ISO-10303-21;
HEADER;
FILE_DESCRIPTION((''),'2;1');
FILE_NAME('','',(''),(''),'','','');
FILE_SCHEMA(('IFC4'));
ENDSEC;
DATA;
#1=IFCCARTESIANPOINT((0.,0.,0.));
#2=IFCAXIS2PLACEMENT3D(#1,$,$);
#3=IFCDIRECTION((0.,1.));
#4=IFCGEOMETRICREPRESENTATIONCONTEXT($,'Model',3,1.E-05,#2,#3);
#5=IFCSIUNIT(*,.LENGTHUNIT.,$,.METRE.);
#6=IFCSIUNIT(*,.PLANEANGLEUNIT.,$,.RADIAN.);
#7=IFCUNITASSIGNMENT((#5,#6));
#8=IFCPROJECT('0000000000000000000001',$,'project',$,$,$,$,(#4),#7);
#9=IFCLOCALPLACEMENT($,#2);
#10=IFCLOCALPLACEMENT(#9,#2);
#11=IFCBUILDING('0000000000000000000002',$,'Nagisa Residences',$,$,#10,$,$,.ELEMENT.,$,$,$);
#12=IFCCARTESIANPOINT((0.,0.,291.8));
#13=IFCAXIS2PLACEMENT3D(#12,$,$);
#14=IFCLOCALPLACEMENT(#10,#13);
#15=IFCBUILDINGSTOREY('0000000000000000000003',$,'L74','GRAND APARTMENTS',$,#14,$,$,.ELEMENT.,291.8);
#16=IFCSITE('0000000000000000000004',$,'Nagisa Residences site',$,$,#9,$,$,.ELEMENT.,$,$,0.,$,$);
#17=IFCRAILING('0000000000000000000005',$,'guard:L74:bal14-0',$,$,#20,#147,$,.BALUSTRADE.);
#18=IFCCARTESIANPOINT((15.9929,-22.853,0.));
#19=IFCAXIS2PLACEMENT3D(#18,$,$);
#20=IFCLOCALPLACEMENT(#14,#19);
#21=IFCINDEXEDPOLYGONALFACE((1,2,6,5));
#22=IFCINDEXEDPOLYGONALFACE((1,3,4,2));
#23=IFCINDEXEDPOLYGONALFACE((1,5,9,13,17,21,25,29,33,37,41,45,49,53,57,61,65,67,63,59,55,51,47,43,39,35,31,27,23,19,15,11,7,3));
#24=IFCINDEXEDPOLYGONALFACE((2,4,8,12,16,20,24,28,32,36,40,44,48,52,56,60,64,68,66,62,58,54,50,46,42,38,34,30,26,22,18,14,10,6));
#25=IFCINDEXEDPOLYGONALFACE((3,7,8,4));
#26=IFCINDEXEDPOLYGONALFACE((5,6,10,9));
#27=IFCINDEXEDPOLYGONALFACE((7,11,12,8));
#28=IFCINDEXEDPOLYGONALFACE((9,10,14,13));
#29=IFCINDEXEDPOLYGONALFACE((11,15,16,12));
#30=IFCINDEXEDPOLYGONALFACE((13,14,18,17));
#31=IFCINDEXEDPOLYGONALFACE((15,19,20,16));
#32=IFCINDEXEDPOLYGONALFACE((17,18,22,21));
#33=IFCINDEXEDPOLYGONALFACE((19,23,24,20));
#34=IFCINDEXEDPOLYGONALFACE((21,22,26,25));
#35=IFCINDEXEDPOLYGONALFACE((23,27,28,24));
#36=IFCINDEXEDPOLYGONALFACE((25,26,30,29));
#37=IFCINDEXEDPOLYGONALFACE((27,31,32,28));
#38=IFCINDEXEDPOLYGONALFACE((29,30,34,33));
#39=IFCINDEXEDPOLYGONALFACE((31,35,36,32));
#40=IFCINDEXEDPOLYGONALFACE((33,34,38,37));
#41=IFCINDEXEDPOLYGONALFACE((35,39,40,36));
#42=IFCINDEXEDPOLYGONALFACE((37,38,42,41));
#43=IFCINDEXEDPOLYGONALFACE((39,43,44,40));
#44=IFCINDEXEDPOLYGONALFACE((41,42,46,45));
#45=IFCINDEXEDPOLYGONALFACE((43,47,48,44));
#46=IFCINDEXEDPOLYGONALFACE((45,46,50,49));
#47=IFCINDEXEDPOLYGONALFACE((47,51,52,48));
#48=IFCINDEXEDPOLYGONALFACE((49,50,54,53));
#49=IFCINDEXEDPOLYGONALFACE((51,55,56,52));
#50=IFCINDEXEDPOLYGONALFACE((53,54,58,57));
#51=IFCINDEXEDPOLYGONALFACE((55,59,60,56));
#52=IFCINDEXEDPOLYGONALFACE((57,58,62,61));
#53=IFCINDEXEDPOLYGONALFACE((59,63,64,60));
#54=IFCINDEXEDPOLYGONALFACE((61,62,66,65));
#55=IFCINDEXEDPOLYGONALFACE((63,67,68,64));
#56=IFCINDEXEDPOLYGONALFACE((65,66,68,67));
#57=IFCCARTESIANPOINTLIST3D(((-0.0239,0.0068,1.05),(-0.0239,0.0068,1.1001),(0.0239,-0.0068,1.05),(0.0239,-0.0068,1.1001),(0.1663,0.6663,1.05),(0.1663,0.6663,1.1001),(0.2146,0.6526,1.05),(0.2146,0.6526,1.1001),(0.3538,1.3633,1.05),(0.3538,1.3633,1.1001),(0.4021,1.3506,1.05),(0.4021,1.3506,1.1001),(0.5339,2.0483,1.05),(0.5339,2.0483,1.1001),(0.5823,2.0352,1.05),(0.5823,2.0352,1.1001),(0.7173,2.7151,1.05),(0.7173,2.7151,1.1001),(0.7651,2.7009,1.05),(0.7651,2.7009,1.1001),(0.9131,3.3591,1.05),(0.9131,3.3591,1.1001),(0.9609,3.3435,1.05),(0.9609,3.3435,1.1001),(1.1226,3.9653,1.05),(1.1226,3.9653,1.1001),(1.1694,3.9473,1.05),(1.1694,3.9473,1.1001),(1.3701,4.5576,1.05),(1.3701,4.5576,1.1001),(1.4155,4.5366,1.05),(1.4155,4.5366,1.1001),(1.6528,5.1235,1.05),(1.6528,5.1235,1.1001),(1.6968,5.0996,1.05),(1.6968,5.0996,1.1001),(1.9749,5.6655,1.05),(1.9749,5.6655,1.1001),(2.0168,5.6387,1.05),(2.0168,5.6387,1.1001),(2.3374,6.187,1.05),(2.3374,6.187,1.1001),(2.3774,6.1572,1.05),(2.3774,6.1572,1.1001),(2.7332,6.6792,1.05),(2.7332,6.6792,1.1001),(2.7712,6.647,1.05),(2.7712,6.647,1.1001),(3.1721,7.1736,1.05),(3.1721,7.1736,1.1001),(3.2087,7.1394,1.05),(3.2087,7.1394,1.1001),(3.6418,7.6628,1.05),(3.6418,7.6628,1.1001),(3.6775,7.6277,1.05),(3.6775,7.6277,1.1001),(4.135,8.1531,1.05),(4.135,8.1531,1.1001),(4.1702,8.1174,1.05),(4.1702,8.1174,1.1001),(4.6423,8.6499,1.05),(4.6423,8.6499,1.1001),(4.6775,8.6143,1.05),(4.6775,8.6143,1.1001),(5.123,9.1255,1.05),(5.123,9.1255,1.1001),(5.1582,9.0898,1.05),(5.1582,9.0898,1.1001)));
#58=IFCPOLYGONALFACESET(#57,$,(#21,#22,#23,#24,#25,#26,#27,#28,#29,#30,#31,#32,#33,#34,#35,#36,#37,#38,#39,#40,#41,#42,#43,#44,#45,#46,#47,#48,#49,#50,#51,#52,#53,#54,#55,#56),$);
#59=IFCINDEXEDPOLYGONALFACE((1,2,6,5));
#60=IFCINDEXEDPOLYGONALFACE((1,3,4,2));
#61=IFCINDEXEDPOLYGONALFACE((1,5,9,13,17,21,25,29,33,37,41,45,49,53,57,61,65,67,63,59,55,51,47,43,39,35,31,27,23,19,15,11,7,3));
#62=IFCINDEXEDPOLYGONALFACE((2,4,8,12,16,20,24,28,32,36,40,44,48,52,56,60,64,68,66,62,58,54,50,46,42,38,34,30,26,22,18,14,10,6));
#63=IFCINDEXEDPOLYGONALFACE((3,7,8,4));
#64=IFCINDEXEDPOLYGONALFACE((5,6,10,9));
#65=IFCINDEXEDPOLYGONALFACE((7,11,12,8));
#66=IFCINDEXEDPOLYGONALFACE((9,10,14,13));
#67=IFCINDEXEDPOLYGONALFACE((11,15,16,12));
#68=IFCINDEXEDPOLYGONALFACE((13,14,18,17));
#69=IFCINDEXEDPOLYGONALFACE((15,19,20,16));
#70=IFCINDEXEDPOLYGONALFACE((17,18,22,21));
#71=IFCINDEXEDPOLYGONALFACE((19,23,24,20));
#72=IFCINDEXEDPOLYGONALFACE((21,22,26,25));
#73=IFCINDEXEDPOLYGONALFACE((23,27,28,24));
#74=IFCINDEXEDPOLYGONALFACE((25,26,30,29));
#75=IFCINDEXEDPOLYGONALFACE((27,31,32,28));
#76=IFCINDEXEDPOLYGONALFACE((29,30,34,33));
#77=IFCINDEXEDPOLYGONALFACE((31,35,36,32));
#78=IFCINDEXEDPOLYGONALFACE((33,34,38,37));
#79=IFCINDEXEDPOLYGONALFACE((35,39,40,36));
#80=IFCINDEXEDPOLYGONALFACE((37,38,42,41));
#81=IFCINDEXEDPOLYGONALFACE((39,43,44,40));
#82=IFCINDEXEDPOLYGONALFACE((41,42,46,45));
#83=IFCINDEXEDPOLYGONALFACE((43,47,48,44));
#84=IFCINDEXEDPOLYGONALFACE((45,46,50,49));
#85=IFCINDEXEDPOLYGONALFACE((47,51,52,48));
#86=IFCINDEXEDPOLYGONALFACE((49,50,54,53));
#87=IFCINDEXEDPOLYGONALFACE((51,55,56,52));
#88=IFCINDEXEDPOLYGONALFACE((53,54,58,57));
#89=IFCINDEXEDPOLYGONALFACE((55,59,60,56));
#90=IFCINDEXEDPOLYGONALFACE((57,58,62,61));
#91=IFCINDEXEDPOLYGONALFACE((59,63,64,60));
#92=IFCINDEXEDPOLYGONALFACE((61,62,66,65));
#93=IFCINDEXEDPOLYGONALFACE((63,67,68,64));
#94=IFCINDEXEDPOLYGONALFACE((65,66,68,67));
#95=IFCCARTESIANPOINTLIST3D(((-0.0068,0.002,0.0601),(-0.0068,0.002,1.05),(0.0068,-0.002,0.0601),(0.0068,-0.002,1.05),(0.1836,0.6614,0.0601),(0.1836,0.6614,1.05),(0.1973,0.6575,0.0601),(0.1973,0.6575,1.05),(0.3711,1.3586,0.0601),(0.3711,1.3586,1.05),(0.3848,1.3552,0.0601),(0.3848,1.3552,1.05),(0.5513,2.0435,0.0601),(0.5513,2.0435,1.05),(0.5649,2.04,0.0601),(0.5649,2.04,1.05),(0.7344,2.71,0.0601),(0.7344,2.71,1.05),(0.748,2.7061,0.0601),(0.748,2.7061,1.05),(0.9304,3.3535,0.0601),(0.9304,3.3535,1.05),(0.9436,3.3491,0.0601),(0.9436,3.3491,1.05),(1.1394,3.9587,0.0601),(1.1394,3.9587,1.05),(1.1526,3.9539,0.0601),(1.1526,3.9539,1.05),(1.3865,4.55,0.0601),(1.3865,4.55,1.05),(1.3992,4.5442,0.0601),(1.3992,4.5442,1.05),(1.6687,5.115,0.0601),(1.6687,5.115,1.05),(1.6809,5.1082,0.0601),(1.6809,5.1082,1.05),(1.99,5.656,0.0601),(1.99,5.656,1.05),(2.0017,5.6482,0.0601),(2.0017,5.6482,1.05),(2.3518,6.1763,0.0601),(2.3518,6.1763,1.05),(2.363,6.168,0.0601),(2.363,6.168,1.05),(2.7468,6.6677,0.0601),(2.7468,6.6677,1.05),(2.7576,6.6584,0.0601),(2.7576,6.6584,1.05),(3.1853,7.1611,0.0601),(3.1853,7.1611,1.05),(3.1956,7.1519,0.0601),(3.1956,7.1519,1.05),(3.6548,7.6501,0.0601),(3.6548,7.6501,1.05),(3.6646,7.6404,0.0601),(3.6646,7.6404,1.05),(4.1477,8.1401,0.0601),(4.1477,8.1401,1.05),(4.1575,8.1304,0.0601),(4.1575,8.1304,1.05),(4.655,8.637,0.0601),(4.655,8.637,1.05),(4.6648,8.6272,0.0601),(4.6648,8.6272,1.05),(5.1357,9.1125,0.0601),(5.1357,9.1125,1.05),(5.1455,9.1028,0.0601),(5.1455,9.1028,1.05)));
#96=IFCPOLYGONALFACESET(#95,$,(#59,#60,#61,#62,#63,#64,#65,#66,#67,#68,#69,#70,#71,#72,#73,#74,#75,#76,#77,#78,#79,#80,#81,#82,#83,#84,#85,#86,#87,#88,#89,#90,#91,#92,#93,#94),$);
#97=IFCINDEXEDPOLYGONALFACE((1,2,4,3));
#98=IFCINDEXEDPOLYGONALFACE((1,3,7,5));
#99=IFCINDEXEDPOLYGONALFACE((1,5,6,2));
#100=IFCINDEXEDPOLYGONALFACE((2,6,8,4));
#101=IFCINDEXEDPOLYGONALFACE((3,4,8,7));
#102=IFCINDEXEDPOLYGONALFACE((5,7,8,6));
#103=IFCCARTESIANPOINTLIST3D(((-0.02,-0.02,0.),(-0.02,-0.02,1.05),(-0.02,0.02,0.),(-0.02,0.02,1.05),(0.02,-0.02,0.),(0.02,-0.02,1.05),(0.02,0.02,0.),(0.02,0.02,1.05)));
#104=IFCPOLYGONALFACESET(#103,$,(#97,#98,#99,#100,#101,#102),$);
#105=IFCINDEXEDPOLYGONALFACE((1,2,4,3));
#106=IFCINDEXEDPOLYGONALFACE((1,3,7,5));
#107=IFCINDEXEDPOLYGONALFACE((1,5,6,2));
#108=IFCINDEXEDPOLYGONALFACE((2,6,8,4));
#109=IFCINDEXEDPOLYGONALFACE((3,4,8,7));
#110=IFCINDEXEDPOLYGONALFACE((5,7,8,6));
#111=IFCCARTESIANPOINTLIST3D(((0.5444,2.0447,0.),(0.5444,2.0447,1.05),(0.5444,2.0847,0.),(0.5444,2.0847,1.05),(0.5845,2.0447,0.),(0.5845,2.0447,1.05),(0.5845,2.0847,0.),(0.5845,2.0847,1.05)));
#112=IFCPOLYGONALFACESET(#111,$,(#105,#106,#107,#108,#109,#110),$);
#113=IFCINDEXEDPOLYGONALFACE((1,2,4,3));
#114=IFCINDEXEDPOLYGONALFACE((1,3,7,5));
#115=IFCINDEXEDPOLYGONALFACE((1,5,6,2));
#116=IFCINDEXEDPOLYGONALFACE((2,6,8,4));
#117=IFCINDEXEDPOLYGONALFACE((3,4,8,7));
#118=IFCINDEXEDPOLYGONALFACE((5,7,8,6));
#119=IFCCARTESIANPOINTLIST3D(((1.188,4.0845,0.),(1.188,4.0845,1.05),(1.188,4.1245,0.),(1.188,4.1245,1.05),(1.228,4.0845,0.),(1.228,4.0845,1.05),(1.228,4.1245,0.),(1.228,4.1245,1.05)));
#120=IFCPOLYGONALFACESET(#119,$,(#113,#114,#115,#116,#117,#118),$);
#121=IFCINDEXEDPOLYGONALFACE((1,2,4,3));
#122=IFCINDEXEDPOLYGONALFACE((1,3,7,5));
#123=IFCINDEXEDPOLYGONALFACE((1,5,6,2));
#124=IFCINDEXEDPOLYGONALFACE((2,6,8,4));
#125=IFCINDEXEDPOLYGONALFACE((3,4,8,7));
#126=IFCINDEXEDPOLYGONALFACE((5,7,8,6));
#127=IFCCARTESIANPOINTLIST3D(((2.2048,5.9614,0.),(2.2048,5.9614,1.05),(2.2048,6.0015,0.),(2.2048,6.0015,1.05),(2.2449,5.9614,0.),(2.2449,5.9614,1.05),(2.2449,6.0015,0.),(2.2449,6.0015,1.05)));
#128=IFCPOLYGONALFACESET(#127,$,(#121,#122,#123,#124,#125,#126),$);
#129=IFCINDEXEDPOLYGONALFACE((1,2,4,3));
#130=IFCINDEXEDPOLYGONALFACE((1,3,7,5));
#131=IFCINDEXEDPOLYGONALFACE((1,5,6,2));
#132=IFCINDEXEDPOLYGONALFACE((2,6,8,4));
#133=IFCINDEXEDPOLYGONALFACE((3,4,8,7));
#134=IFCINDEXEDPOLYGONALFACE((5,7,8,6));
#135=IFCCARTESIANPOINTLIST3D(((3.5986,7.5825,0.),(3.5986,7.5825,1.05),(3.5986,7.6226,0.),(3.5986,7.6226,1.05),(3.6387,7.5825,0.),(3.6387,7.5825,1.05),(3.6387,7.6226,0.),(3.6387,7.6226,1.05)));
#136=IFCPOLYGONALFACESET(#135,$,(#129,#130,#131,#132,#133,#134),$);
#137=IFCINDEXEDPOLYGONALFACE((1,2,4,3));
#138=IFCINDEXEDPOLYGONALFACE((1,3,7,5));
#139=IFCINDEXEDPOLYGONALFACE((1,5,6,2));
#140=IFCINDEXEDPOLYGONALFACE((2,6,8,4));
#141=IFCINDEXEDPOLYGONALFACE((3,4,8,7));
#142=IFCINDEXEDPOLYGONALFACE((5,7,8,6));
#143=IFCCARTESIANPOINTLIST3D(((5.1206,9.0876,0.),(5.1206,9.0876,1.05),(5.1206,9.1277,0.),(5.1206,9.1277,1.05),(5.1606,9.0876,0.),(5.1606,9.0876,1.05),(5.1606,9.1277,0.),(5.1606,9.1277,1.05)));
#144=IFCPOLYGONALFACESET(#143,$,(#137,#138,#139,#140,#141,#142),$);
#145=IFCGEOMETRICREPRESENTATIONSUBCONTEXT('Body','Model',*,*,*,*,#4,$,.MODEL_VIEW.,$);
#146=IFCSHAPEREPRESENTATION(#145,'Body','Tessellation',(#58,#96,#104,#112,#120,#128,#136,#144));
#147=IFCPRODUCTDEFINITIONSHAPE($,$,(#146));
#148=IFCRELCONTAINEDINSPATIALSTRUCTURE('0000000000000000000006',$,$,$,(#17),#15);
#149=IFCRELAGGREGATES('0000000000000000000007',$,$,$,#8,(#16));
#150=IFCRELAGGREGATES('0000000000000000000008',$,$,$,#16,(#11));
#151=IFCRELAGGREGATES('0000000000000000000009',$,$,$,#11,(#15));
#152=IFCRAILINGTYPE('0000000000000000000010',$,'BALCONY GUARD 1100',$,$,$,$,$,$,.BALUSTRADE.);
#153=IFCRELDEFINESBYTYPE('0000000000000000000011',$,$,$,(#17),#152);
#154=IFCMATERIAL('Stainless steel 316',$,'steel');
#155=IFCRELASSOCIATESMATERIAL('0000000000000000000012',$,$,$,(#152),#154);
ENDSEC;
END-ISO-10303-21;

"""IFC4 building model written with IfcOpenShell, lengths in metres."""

from ifc_helpers import new_model, si_unit, direction, frame, origin, origin_2d, place, context, subcontext, project, spatial, polyline, rectangle, outline, extrude, material, type_object, element, save


model = new_model("IFC4")

# Units and contexts
model_context = context("Model", 3, precision=1e-05, world=origin(), true_north=direction((0.0, 1.0)))
body_context = subcontext(model_context, "Body", "Model", "MODEL_VIEW")
ifc_project = project(units=[si_unit("LENGTHUNIT", "METRE"), si_unit("PLANEANGLEUNIT", "RADIAN")], contexts=[model_context])

# Site, building, storey
site_placement = place(None, origin())
site = spatial("IfcSite", under=ifc_project, at=site_placement, Name="Nagisa Residences site", CompositionType="ELEMENT", RefElevation=0.0)
building_placement = place(site_placement, origin())
building = spatial("IfcBuilding", under=site, at=building_placement, Name="Nagisa Residences", CompositionType="ELEMENT")
storey_placement = place(building_placement, frame((0.0, 0.0, 291.8)))
storey = spatial("IfcBuildingStorey", under=building, at=storey_placement, Name="L74", Description="GRAND APARTMENTS", CompositionType="ELEMENT", Elevation=291.8)

# Railing
ifc_material_1 = material(Name="Stainless steel 316", Category="steel")
railing_type = type_object("IfcRailingType", Name="BALCONY GUARD 1100", PredefinedType="BALUSTRADE", material=ifc_material_1)
railing_1_placement = place(storey_placement, frame((15.9929, -22.853, 0.0)))
element("IfcRailing", 1, at=railing_1_placement, inside=storey, type_object=railing_type, Name="guard:L74:bal14-0", PredefinedType="BALUSTRADE", context=body_context, shape_type="SweptSolid", body=[
    extrude(outline(polyline([(0.1663, 0.6663), (-0.0239, 0.0068), (0.0239, -0.0068), (0.2146, 0.6526), (0.4021, 1.3506), (0.5823, 2.0352), (0.7651, 2.7009), (0.9609, 3.3435), (1.1694, 3.9473), (1.4155, 4.5366), (1.6968, 5.0996), (2.0168, 5.6387), (2.3774, 6.1572), (2.7712, 6.647), (3.2087, 7.1394), (3.6775, 7.6277), (4.1702, 8.1174), (4.6775, 8.6143), (5.1582, 9.0898), (5.123, 9.1255), (4.6423, 8.6499), (4.135, 8.1531), (3.6418, 7.6628), (3.1721, 7.1736), (2.7332, 6.6792), (2.3374, 6.187), (1.9749, 5.6655), (1.6528, 5.1235), (1.3701, 4.5576), (1.1226, 3.9653), (0.9131, 3.3591), (0.7173, 2.7151), (0.5339, 2.0483), (0.3538, 1.3633), (0.1663, 0.6663)])), frame((0.0, 0.0, 1.05)), (0.0, 0.0, 1.0), 0.05),
    extrude(outline(polyline([(0.1836, 0.6614), (-0.0068, 0.002), (0.0068, -0.002), (0.1973, 0.6575), (0.3848, 1.3552), (0.5649, 2.04), (0.748, 2.7061), (0.9436, 3.3491), (1.1526, 3.9539), (1.3992, 4.5442), (1.6809, 5.1082), (2.0017, 5.6482), (2.363, 6.168), (2.7576, 6.6584), (3.1956, 7.1519), (3.6646, 7.6404), (4.1575, 8.1304), (4.6648, 8.6272), (5.1455, 9.1028), (5.1357, 9.1125), (4.655, 8.637), (4.1477, 8.1401), (3.6548, 7.6501), (3.1853, 7.1611), (2.7468, 6.6677), (2.3518, 6.1763), (1.99, 5.656), (1.6687, 5.115), (1.3865, 4.55), (1.1394, 3.9587), (0.9304, 3.3535), (0.7344, 2.71), (0.5513, 2.0435), (0.3711, 1.3586), (0.1836, 0.6614)])), frame((0.0, 0.0, 0.0601)), (0.0, 0.0, 1.0), 0.99),
    extrude(rectangle(XDim=0.04, YDim=0.04, at=origin_2d()), origin(), (0.0, 0.0, 1.0), 1.05),
    extrude(rectangle(XDim=0.04, YDim=0.04, at=origin_2d()), frame((0.5645, 2.0647, 0.0)), (0.0, 0.0, 1.0), 1.05),
    extrude(rectangle(XDim=0.04, YDim=0.04, at=origin_2d()), frame((1.208, 4.1045, 0.0)), (0.0, 0.0, 1.0), 1.05),
    extrude(rectangle(XDim=0.04, YDim=0.04, at=origin_2d()), frame((2.2249, 5.9814, 0.0)), (0.0, 0.0, 1.0), 1.05),
    extrude(rectangle(XDim=0.04, YDim=0.04, at=origin_2d()), frame((3.6187, 7.6025, 0.0)), (0.0, 0.0, 1.0), 1.05),
    extrude(rectangle(XDim=0.04, YDim=0.04, at=origin_2d()), frame((5.1406, 9.1077, 0.0)), (0.0, 0.0, 1.0), 1.05),
])

save(model, "model.ifc")
